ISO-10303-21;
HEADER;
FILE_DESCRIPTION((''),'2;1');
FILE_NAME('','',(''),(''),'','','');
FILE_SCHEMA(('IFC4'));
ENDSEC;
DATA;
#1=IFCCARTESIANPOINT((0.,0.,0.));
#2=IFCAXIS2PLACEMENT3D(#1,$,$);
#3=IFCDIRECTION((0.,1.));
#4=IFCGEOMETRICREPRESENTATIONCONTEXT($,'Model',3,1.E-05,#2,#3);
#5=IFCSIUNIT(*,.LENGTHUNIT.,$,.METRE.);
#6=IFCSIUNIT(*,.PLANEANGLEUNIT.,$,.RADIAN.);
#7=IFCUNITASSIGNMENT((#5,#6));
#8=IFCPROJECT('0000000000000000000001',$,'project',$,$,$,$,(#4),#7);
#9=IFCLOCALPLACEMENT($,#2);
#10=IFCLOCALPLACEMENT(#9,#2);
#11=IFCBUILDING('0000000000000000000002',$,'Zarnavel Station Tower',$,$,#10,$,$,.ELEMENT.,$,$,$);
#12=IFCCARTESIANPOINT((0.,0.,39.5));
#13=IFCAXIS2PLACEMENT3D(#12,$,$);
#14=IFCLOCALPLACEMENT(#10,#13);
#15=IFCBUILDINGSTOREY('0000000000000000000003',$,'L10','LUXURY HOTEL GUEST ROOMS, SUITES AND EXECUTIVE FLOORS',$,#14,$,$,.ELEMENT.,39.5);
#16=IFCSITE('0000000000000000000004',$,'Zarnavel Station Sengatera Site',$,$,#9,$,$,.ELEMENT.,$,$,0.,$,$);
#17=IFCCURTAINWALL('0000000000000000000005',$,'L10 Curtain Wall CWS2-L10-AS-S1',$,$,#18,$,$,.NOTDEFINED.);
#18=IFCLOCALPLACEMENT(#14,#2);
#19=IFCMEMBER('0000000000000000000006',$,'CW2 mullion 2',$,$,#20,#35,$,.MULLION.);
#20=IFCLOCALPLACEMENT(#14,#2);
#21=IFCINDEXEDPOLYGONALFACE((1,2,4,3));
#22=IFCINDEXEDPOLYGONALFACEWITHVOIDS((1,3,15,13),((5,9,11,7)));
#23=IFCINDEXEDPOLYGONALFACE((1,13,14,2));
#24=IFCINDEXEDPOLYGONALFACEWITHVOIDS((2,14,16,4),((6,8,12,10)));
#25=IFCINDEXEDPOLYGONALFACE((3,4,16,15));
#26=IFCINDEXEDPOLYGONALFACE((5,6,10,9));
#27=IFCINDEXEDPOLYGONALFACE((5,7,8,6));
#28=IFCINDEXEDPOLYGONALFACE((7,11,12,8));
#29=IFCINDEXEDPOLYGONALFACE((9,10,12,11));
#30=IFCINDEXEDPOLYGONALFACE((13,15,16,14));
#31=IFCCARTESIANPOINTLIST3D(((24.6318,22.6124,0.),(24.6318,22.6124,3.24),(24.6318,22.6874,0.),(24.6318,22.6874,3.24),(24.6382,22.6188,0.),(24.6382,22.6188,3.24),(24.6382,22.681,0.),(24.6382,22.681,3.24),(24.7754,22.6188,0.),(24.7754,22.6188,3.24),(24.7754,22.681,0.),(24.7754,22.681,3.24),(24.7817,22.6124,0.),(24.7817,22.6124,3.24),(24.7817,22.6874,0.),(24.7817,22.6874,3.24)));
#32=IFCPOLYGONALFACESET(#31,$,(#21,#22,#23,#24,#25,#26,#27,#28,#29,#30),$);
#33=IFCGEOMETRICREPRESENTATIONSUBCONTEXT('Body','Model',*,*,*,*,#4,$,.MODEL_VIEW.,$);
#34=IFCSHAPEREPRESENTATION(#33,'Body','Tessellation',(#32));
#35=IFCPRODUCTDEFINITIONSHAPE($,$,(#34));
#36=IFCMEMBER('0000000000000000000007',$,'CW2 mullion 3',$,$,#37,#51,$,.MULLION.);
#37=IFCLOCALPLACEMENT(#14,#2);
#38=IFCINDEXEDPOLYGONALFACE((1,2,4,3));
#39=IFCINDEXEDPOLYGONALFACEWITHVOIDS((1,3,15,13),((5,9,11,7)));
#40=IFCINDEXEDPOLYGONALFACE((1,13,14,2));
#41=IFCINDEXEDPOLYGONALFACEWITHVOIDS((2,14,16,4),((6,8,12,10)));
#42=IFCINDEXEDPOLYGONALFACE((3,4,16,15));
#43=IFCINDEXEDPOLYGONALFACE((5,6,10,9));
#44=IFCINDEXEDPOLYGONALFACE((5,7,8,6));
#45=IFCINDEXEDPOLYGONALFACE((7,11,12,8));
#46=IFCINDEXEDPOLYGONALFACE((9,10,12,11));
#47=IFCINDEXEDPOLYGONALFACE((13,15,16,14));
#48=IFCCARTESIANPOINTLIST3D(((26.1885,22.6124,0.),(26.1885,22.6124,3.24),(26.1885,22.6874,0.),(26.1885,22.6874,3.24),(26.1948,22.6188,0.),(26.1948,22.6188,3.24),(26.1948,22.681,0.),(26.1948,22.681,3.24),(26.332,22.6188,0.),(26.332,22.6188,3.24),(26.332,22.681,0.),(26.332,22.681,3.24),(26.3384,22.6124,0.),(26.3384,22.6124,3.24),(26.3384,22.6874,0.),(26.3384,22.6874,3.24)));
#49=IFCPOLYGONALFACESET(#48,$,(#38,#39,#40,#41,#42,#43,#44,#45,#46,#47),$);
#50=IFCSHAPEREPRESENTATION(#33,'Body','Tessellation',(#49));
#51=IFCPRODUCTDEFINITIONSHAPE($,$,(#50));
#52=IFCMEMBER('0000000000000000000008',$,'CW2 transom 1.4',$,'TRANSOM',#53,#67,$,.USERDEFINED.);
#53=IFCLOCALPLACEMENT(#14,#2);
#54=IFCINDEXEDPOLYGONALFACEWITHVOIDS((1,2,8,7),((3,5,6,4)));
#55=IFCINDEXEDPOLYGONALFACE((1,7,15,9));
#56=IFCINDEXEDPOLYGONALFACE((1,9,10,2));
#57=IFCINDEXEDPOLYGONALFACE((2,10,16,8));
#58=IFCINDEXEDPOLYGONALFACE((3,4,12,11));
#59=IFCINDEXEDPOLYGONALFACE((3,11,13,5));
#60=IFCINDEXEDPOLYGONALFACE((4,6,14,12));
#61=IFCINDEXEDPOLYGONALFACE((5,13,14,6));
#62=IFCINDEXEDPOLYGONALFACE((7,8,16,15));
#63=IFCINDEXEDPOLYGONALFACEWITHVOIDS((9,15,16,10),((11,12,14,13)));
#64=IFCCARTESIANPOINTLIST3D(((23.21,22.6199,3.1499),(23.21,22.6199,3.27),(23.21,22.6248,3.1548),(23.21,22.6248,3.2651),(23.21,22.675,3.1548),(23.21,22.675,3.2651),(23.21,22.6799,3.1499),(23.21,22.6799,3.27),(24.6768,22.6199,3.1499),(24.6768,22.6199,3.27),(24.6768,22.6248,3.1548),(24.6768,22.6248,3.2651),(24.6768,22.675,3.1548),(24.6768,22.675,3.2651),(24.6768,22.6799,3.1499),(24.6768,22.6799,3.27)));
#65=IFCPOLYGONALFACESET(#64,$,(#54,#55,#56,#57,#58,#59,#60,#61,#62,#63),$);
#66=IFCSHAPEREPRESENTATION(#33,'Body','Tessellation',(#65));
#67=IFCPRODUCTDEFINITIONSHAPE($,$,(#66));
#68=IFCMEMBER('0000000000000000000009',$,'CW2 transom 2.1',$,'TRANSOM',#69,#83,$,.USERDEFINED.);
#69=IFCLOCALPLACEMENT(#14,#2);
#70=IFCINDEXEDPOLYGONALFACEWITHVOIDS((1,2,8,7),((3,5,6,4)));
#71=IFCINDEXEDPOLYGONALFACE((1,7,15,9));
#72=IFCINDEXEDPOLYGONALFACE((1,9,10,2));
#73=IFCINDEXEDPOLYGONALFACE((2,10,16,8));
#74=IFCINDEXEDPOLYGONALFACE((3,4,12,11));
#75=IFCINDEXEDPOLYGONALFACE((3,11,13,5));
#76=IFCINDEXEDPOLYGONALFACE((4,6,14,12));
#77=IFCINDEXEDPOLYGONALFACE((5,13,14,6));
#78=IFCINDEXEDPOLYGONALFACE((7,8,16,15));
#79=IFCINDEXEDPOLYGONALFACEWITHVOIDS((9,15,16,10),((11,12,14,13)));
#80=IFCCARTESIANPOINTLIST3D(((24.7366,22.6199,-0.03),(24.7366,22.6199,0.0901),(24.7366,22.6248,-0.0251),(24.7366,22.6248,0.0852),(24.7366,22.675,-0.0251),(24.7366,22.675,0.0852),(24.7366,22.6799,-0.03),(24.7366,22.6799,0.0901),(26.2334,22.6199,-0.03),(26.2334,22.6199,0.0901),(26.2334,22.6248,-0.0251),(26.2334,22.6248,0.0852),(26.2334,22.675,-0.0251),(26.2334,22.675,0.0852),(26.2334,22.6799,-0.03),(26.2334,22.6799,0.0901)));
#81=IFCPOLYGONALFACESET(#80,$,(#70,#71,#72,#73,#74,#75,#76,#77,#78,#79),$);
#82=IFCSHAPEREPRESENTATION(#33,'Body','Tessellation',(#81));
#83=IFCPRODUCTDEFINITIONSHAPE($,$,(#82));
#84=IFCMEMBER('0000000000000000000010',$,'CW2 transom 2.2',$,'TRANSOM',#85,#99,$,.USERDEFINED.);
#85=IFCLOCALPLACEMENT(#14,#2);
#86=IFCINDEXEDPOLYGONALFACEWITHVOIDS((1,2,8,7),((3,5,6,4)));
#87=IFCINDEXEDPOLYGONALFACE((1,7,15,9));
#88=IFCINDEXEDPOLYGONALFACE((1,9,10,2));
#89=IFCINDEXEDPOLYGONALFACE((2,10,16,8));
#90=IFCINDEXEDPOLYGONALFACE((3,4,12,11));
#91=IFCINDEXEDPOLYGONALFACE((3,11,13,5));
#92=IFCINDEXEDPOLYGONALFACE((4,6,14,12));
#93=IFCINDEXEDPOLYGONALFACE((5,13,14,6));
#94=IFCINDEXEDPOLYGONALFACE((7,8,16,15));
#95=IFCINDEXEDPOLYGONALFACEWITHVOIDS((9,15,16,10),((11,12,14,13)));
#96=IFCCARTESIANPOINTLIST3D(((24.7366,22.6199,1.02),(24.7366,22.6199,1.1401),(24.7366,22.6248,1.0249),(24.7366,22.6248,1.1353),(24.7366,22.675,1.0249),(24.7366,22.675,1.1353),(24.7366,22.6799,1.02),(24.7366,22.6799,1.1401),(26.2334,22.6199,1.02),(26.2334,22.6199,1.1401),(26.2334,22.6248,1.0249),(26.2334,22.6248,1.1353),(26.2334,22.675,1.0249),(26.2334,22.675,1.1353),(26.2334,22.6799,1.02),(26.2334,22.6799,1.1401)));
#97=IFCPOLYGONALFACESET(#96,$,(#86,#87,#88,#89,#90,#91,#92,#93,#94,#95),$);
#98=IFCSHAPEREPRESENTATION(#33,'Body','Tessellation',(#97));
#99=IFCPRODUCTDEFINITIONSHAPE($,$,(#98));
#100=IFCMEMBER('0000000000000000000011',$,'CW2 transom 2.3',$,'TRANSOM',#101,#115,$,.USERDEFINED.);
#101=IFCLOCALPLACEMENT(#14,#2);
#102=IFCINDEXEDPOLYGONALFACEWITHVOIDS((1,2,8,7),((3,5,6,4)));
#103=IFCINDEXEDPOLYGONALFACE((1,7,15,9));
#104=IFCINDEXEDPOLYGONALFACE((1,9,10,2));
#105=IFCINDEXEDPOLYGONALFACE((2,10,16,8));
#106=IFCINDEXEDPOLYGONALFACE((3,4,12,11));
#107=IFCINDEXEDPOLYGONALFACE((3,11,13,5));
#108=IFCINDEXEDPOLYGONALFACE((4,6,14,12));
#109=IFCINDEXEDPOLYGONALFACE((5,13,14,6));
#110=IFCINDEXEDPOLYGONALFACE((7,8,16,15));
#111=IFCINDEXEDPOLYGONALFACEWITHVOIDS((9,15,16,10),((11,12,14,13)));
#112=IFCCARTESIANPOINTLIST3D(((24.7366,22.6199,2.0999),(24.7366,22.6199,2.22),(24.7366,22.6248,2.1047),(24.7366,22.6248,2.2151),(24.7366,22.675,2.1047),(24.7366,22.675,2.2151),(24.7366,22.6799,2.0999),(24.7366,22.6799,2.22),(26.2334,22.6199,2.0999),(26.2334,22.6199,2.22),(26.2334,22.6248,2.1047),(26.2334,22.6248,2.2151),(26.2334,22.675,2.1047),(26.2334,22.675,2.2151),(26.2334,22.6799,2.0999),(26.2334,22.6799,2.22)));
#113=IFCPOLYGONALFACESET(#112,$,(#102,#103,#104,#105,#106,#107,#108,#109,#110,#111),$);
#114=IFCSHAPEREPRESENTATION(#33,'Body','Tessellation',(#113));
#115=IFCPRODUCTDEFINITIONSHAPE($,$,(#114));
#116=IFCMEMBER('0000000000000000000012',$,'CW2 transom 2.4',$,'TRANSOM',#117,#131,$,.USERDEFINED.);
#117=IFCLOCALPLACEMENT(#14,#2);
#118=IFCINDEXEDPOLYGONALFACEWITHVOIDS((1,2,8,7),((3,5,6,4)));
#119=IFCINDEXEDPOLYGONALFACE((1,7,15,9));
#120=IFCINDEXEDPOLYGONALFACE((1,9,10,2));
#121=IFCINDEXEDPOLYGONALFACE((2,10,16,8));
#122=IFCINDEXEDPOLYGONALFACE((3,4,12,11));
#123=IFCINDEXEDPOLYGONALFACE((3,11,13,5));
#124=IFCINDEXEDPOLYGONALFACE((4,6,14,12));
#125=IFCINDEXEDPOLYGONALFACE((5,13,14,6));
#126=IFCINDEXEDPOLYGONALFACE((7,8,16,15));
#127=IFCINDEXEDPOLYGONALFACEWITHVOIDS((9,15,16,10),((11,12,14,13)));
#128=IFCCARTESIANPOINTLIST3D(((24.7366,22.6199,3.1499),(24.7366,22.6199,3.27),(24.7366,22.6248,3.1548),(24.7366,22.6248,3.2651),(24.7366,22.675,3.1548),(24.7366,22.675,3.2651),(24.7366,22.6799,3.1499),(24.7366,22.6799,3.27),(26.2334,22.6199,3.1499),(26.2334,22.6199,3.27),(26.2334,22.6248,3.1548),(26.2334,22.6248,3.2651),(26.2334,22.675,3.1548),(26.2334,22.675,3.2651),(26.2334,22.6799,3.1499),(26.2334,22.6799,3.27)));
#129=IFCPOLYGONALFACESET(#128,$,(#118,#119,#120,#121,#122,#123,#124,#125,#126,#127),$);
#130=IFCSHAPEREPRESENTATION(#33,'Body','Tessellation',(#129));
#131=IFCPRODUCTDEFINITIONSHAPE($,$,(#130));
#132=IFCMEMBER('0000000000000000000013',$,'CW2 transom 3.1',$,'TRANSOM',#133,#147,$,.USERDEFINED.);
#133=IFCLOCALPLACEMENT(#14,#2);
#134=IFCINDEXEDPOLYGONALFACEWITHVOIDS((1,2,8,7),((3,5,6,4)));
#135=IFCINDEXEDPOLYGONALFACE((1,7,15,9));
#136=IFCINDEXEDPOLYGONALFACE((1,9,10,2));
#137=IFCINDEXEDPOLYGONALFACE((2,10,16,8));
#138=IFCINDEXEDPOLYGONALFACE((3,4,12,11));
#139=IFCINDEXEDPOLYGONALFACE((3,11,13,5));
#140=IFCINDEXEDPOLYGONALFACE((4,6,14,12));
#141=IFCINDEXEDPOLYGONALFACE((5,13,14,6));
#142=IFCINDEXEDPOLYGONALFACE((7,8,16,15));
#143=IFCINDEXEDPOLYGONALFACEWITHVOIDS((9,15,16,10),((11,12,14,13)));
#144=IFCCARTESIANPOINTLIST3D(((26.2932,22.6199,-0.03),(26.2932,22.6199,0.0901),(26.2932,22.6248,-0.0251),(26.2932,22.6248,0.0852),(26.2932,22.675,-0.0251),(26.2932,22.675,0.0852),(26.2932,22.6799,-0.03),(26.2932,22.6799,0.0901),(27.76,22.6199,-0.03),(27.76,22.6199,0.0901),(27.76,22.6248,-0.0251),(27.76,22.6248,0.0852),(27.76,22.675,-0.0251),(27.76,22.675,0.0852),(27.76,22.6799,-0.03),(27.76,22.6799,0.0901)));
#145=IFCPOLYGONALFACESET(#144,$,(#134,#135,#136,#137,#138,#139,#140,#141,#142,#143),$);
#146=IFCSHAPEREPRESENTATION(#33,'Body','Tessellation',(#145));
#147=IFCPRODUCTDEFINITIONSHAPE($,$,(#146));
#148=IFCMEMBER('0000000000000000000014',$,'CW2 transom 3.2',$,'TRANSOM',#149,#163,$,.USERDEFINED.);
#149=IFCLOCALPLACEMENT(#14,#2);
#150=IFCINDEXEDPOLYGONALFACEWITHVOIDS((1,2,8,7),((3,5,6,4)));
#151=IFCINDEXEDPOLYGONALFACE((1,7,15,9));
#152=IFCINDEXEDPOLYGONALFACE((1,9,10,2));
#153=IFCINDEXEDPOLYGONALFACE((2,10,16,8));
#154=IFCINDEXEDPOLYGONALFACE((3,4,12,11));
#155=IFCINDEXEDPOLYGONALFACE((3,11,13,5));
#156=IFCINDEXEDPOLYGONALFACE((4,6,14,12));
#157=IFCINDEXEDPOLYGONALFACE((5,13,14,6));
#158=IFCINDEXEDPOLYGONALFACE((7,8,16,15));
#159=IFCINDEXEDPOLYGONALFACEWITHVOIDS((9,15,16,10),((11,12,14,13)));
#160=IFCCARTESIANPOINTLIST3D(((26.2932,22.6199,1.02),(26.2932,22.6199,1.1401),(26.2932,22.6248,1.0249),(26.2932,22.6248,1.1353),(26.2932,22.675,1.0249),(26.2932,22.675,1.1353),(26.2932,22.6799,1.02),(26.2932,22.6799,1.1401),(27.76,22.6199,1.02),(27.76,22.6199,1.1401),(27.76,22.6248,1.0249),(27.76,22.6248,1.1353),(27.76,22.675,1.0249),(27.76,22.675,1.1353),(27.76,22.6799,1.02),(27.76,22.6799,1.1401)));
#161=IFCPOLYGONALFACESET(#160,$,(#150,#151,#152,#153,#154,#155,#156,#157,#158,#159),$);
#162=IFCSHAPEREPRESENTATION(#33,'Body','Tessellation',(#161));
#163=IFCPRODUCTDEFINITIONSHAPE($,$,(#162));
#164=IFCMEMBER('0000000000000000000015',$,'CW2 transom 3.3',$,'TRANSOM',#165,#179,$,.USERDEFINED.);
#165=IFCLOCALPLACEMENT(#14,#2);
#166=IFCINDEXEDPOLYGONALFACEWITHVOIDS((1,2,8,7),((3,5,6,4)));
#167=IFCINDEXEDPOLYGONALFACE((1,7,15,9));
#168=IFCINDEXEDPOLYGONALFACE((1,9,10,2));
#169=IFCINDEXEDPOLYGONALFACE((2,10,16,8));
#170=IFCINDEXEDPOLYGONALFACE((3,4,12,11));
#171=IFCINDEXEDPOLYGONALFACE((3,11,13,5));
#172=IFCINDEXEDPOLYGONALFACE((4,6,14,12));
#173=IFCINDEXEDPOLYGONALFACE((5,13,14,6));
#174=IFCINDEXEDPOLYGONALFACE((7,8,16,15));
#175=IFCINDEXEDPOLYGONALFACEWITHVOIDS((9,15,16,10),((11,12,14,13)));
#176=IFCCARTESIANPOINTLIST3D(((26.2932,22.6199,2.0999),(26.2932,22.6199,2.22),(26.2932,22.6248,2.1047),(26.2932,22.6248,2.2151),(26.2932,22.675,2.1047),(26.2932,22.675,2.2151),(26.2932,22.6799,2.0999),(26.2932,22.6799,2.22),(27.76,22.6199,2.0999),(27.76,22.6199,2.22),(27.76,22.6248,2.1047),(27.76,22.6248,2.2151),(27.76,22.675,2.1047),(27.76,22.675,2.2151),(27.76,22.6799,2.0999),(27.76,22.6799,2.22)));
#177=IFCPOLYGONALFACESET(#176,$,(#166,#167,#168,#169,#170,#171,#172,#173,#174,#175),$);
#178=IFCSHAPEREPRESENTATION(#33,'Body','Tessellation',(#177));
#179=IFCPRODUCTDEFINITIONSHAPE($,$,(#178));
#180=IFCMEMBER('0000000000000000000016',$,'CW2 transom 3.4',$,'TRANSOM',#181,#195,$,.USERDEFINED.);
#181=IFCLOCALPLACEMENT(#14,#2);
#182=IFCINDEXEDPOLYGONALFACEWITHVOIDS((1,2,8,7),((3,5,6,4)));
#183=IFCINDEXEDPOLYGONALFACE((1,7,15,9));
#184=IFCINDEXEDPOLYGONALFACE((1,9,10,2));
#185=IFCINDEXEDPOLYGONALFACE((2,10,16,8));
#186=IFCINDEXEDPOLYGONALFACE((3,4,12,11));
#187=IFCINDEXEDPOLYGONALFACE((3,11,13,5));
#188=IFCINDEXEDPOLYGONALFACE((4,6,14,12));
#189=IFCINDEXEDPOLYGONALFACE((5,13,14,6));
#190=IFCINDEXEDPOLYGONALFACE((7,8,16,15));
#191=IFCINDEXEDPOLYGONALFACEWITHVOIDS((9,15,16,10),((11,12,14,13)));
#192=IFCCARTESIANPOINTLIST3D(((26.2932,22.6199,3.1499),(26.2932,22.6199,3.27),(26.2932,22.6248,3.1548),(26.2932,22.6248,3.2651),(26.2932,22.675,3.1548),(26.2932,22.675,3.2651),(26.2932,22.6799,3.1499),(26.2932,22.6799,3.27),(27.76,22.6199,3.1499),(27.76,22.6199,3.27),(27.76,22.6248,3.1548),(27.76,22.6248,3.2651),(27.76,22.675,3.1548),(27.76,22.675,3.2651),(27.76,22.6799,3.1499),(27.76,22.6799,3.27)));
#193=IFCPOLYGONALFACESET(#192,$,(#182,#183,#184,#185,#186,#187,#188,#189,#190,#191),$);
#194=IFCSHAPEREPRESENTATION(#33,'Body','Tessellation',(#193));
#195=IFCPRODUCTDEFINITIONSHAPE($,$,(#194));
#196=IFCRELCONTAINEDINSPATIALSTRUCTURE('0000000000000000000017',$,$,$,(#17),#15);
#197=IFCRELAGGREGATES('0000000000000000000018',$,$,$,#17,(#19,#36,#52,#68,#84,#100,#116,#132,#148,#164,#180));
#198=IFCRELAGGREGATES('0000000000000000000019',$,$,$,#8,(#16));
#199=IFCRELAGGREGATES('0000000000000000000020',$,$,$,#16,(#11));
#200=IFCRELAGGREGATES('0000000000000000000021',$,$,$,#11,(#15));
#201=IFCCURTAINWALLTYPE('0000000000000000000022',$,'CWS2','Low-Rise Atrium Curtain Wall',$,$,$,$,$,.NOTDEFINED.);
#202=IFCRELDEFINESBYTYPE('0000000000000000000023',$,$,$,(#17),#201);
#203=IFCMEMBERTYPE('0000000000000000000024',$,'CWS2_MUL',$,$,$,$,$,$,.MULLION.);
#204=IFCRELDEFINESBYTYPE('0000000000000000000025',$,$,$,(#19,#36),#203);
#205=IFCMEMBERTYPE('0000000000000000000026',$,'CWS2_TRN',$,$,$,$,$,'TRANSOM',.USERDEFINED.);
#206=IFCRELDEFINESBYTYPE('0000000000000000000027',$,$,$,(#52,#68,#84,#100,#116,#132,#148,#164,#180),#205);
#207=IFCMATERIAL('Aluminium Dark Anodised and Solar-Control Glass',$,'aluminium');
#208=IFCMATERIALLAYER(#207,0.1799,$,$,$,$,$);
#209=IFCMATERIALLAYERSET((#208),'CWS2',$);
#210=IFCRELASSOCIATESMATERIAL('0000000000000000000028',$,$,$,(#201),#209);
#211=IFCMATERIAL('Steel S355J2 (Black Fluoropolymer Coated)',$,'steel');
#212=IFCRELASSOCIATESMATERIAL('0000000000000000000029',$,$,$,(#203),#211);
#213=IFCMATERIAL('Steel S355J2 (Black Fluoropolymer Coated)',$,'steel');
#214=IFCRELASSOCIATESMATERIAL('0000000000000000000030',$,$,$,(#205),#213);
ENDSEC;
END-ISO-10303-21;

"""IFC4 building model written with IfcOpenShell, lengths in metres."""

from ifc_helpers import new_model, si_unit, direction, frame, origin, origin_2d, place, context, subcontext, project, spatial, hollow_rectangle, extrude, material, layer, layer_set, material_profile, profile_set, type_object, element, aggregate, save


model = new_model("IFC4")

# Units and contexts
model_context = context("Model", 3, precision=1e-05, world=origin(), true_north=direction((0.0, 1.0)))
body_context = subcontext(model_context, "Body", "Model", "MODEL_VIEW")
ifc_project = project(units=[si_unit("LENGTHUNIT", "METRE"), si_unit("PLANEANGLEUNIT", "RADIAN")], contexts=[model_context])

# Site, building, storey
site_placement = place(None, origin())
site = spatial("IfcSite", under=ifc_project, at=site_placement, Name="Zarnavel Station Sengatera Site", CompositionType="ELEMENT", RefElevation=0.0)
building_placement = place(site_placement, origin())
building = spatial("IfcBuilding", under=site, at=building_placement, Name="Zarnavel Station Tower", CompositionType="ELEMENT")
storey_placement = place(building_placement, frame((0.0, 0.0, 39.5)))
storey = spatial("IfcBuildingStorey", under=building, at=storey_placement, Name="L10", Description="LUXURY HOTEL GUEST ROOMS, SUITES AND EXECUTIVE FLOORS", CompositionType="ELEMENT", Elevation=39.5)

# Curtain wall, members
ifc_material_1 = material(Name="Aluminium Dark Anodised and Solar-Control Glass", Category="aluminium")
ifc_layer_1 = layer(ifc_material_1, 0.1799)
ifc_layer_set_1 = layer_set([ifc_layer_1], Name="CWS2")
curtain_wall_type = type_object("IfcCurtainWallType", Name="CWS2", Description="Low-Rise Atrium Curtain Wall", PredefinedType="NOTDEFINED", material=ifc_layer_set_1)
curtain_wall_placement = place(storey_placement, origin())
curtain_wall = element("IfcCurtainWall", 1, at=curtain_wall_placement, inside=storey, type_object=curtain_wall_type, Name="L10 Curtain Wall CWS2-L10-AS-S1", PredefinedType="NOTDEFINED")
ifc_material_2 = material(Name="Steel S355J2 (Black Fluoropolymer Coated)", Category="steel")
ifc_material_profile_1 = material_profile(ifc_material_2, hollow_rectangle(XDim=0.075, YDim=0.1499, WallThickness=0.0063, at=origin_2d()), Name="RHS150x75x6.3")
ifc_profile_set_1 = profile_set([ifc_material_profile_1], Name="Steel S355J2 (Black Fluoropolymer Coated)")
member_type_1 = type_object("IfcMemberType", Name="CWS2_MUL", PredefinedType="MULLION", material=ifc_profile_set_1)
member_1_placement = place(storey_placement, frame((24.7068, 22.6499, 0.0), z_axis=(0.0, 0.0, 1.0), x_axis=(0.0, 1.0, 0.0)))
member_1 = element("IfcMember", 2, at=member_1_placement, type_object=member_type_1, Name="CW2 mullion 2", PredefinedType="MULLION", context=body_context, shape_type="SweptSolid", body=[
    extrude(hollow_rectangle(XDim=0.075, YDim=0.1499, WallThickness=0.0063, at=origin_2d()), origin(), (0.0, 0.0, 1.0), 3.24),
])
member_2_placement = place(storey_placement, frame((26.2634, 22.6499, 0.0), z_axis=(0.0, 0.0, 1.0), x_axis=(0.0, 1.0, 0.0)))
member_2 = element("IfcMember", 3, at=member_2_placement, type_object=member_type_1, Name="CW2 mullion 3", PredefinedType="MULLION", context=body_context, shape_type="SweptSolid", body=[
    extrude(hollow_rectangle(XDim=0.075, YDim=0.1499, WallThickness=0.0063, at=origin_2d()), origin(), (0.0, 0.0, 1.0), 3.24),
])
ifc_material_3 = material(Name="Steel S355J2 (Black Fluoropolymer Coated)", Category="steel")
ifc_material_profile_2 = material_profile(ifc_material_3, hollow_rectangle(XDim=0.0601, YDim=0.1201, WallThickness=0.0049, at=origin_2d()), Name="RHS120x60x5")
ifc_profile_set_2 = profile_set([ifc_material_profile_2], Name="Steel S355J2 (Black Fluoropolymer Coated)")
member_type_2 = type_object("IfcMemberType", Name="CWS2_TRN", ElementType="TRANSOM", PredefinedType="USERDEFINED", material=ifc_profile_set_2)
member_3_placement = place(storey_placement, frame((23.21, 22.6499, 3.21), z_axis=(1.0, 0.0, 0.0), x_axis=(0.0, 1.0, 0.0)))
member_3 = element("IfcMember", 4, at=member_3_placement, type_object=member_type_2, Name="CW2 transom 1.4", ObjectType="TRANSOM", PredefinedType="USERDEFINED", context=body_context, shape_type="SweptSolid", body=[
    extrude(hollow_rectangle(XDim=0.0601, YDim=0.1201, WallThickness=0.0049, at=origin_2d()), origin(), (0.0, 0.0, 1.0), 1.4668),
])
member_4_placement = place(storey_placement, frame((24.7366, 22.6499, 0.03), z_axis=(1.0, 0.0, 0.0), x_axis=(0.0, 1.0, 0.0)))
member_4 = element("IfcMember", 5, at=member_4_placement, type_object=member_type_2, Name="CW2 transom 2.1", ObjectType="TRANSOM", PredefinedType="USERDEFINED", context=body_context, shape_type="SweptSolid", body=[
    extrude(hollow_rectangle(XDim=0.0601, YDim=0.1201, WallThickness=0.0049, at=origin_2d()), origin(), (0.0, 0.0, 1.0), 1.4968),
])
member_5_placement = place(storey_placement, frame((24.7366, 22.6499, 1.0801), z_axis=(1.0, 0.0, 0.0), x_axis=(0.0, 1.0, 0.0)))
member_5 = element("IfcMember", 6, at=member_5_placement, type_object=member_type_2, Name="CW2 transom 2.2", ObjectType="TRANSOM", PredefinedType="USERDEFINED", context=body_context, shape_type="SweptSolid", body=[
    extrude(hollow_rectangle(XDim=0.0601, YDim=0.1201, WallThickness=0.0049, at=origin_2d()), origin(), (0.0, 0.0, 1.0), 1.4968),
])
member_6_placement = place(storey_placement, frame((24.7366, 22.6499, 2.1599), z_axis=(1.0, 0.0, 0.0), x_axis=(0.0, 1.0, 0.0)))
member_6 = element("IfcMember", 7, at=member_6_placement, type_object=member_type_2, Name="CW2 transom 2.3", ObjectType="TRANSOM", PredefinedType="USERDEFINED", context=body_context, shape_type="SweptSolid", body=[
    extrude(hollow_rectangle(XDim=0.0601, YDim=0.1201, WallThickness=0.0049, at=origin_2d()), origin(), (0.0, 0.0, 1.0), 1.4968),
])
member_7_placement = place(storey_placement, frame((24.7366, 22.6499, 3.21), z_axis=(1.0, 0.0, 0.0), x_axis=(0.0, 1.0, 0.0)))
member_7 = element("IfcMember", 8, at=member_7_placement, type_object=member_type_2, Name="CW2 transom 2.4", ObjectType="TRANSOM", PredefinedType="USERDEFINED", context=body_context, shape_type="SweptSolid", body=[
    extrude(hollow_rectangle(XDim=0.0601, YDim=0.1201, WallThickness=0.0049, at=origin_2d()), origin(), (0.0, 0.0, 1.0), 1.4968),
])
member_8_placement = place(storey_placement, frame((26.2932, 22.6499, 0.03), z_axis=(1.0, 0.0, 0.0), x_axis=(0.0, 1.0, 0.0)))
member_8 = element("IfcMember", 9, at=member_8_placement, type_object=member_type_2, Name="CW2 transom 3.1", ObjectType="TRANSOM", PredefinedType="USERDEFINED", context=body_context, shape_type="SweptSolid", body=[
    extrude(hollow_rectangle(XDim=0.0601, YDim=0.1201, WallThickness=0.0049, at=origin_2d()), origin(), (0.0, 0.0, 1.0), 1.4668),
])
member_9_placement = place(storey_placement, frame((26.2932, 22.6499, 1.0801), z_axis=(1.0, 0.0, 0.0), x_axis=(0.0, 1.0, 0.0)))
member_9 = element("IfcMember", 10, at=member_9_placement, type_object=member_type_2, Name="CW2 transom 3.2", ObjectType="TRANSOM", PredefinedType="USERDEFINED", context=body_context, shape_type="SweptSolid", body=[
    extrude(hollow_rectangle(XDim=0.0601, YDim=0.1201, WallThickness=0.0049, at=origin_2d()), origin(), (0.0, 0.0, 1.0), 1.4668),
])
member_10_placement = place(storey_placement, frame((26.2932, 22.6499, 2.1599), z_axis=(1.0, 0.0, 0.0), x_axis=(0.0, 1.0, 0.0)))
member_10 = element("IfcMember", 11, at=member_10_placement, type_object=member_type_2, Name="CW2 transom 3.3", ObjectType="TRANSOM", PredefinedType="USERDEFINED", context=body_context, shape_type="SweptSolid", body=[
    extrude(hollow_rectangle(XDim=0.0601, YDim=0.1201, WallThickness=0.0049, at=origin_2d()), origin(), (0.0, 0.0, 1.0), 1.4668),
])
member_11_placement = place(storey_placement, frame((26.2932, 22.6499, 3.21), z_axis=(1.0, 0.0, 0.0), x_axis=(0.0, 1.0, 0.0)))
member_11 = element("IfcMember", 12, at=member_11_placement, type_object=member_type_2, Name="CW2 transom 3.4", ObjectType="TRANSOM", PredefinedType="USERDEFINED", context=body_context, shape_type="SweptSolid", body=[
    extrude(hollow_rectangle(XDim=0.0601, YDim=0.1201, WallThickness=0.0049, at=origin_2d()), origin(), (0.0, 0.0, 1.0), 1.4668),
])
aggregate(curtain_wall, [member_1, member_2, member_3, member_4, member_5, member_6, member_7, member_8, member_9, member_10, member_11])

save(model, "model.ifc")
